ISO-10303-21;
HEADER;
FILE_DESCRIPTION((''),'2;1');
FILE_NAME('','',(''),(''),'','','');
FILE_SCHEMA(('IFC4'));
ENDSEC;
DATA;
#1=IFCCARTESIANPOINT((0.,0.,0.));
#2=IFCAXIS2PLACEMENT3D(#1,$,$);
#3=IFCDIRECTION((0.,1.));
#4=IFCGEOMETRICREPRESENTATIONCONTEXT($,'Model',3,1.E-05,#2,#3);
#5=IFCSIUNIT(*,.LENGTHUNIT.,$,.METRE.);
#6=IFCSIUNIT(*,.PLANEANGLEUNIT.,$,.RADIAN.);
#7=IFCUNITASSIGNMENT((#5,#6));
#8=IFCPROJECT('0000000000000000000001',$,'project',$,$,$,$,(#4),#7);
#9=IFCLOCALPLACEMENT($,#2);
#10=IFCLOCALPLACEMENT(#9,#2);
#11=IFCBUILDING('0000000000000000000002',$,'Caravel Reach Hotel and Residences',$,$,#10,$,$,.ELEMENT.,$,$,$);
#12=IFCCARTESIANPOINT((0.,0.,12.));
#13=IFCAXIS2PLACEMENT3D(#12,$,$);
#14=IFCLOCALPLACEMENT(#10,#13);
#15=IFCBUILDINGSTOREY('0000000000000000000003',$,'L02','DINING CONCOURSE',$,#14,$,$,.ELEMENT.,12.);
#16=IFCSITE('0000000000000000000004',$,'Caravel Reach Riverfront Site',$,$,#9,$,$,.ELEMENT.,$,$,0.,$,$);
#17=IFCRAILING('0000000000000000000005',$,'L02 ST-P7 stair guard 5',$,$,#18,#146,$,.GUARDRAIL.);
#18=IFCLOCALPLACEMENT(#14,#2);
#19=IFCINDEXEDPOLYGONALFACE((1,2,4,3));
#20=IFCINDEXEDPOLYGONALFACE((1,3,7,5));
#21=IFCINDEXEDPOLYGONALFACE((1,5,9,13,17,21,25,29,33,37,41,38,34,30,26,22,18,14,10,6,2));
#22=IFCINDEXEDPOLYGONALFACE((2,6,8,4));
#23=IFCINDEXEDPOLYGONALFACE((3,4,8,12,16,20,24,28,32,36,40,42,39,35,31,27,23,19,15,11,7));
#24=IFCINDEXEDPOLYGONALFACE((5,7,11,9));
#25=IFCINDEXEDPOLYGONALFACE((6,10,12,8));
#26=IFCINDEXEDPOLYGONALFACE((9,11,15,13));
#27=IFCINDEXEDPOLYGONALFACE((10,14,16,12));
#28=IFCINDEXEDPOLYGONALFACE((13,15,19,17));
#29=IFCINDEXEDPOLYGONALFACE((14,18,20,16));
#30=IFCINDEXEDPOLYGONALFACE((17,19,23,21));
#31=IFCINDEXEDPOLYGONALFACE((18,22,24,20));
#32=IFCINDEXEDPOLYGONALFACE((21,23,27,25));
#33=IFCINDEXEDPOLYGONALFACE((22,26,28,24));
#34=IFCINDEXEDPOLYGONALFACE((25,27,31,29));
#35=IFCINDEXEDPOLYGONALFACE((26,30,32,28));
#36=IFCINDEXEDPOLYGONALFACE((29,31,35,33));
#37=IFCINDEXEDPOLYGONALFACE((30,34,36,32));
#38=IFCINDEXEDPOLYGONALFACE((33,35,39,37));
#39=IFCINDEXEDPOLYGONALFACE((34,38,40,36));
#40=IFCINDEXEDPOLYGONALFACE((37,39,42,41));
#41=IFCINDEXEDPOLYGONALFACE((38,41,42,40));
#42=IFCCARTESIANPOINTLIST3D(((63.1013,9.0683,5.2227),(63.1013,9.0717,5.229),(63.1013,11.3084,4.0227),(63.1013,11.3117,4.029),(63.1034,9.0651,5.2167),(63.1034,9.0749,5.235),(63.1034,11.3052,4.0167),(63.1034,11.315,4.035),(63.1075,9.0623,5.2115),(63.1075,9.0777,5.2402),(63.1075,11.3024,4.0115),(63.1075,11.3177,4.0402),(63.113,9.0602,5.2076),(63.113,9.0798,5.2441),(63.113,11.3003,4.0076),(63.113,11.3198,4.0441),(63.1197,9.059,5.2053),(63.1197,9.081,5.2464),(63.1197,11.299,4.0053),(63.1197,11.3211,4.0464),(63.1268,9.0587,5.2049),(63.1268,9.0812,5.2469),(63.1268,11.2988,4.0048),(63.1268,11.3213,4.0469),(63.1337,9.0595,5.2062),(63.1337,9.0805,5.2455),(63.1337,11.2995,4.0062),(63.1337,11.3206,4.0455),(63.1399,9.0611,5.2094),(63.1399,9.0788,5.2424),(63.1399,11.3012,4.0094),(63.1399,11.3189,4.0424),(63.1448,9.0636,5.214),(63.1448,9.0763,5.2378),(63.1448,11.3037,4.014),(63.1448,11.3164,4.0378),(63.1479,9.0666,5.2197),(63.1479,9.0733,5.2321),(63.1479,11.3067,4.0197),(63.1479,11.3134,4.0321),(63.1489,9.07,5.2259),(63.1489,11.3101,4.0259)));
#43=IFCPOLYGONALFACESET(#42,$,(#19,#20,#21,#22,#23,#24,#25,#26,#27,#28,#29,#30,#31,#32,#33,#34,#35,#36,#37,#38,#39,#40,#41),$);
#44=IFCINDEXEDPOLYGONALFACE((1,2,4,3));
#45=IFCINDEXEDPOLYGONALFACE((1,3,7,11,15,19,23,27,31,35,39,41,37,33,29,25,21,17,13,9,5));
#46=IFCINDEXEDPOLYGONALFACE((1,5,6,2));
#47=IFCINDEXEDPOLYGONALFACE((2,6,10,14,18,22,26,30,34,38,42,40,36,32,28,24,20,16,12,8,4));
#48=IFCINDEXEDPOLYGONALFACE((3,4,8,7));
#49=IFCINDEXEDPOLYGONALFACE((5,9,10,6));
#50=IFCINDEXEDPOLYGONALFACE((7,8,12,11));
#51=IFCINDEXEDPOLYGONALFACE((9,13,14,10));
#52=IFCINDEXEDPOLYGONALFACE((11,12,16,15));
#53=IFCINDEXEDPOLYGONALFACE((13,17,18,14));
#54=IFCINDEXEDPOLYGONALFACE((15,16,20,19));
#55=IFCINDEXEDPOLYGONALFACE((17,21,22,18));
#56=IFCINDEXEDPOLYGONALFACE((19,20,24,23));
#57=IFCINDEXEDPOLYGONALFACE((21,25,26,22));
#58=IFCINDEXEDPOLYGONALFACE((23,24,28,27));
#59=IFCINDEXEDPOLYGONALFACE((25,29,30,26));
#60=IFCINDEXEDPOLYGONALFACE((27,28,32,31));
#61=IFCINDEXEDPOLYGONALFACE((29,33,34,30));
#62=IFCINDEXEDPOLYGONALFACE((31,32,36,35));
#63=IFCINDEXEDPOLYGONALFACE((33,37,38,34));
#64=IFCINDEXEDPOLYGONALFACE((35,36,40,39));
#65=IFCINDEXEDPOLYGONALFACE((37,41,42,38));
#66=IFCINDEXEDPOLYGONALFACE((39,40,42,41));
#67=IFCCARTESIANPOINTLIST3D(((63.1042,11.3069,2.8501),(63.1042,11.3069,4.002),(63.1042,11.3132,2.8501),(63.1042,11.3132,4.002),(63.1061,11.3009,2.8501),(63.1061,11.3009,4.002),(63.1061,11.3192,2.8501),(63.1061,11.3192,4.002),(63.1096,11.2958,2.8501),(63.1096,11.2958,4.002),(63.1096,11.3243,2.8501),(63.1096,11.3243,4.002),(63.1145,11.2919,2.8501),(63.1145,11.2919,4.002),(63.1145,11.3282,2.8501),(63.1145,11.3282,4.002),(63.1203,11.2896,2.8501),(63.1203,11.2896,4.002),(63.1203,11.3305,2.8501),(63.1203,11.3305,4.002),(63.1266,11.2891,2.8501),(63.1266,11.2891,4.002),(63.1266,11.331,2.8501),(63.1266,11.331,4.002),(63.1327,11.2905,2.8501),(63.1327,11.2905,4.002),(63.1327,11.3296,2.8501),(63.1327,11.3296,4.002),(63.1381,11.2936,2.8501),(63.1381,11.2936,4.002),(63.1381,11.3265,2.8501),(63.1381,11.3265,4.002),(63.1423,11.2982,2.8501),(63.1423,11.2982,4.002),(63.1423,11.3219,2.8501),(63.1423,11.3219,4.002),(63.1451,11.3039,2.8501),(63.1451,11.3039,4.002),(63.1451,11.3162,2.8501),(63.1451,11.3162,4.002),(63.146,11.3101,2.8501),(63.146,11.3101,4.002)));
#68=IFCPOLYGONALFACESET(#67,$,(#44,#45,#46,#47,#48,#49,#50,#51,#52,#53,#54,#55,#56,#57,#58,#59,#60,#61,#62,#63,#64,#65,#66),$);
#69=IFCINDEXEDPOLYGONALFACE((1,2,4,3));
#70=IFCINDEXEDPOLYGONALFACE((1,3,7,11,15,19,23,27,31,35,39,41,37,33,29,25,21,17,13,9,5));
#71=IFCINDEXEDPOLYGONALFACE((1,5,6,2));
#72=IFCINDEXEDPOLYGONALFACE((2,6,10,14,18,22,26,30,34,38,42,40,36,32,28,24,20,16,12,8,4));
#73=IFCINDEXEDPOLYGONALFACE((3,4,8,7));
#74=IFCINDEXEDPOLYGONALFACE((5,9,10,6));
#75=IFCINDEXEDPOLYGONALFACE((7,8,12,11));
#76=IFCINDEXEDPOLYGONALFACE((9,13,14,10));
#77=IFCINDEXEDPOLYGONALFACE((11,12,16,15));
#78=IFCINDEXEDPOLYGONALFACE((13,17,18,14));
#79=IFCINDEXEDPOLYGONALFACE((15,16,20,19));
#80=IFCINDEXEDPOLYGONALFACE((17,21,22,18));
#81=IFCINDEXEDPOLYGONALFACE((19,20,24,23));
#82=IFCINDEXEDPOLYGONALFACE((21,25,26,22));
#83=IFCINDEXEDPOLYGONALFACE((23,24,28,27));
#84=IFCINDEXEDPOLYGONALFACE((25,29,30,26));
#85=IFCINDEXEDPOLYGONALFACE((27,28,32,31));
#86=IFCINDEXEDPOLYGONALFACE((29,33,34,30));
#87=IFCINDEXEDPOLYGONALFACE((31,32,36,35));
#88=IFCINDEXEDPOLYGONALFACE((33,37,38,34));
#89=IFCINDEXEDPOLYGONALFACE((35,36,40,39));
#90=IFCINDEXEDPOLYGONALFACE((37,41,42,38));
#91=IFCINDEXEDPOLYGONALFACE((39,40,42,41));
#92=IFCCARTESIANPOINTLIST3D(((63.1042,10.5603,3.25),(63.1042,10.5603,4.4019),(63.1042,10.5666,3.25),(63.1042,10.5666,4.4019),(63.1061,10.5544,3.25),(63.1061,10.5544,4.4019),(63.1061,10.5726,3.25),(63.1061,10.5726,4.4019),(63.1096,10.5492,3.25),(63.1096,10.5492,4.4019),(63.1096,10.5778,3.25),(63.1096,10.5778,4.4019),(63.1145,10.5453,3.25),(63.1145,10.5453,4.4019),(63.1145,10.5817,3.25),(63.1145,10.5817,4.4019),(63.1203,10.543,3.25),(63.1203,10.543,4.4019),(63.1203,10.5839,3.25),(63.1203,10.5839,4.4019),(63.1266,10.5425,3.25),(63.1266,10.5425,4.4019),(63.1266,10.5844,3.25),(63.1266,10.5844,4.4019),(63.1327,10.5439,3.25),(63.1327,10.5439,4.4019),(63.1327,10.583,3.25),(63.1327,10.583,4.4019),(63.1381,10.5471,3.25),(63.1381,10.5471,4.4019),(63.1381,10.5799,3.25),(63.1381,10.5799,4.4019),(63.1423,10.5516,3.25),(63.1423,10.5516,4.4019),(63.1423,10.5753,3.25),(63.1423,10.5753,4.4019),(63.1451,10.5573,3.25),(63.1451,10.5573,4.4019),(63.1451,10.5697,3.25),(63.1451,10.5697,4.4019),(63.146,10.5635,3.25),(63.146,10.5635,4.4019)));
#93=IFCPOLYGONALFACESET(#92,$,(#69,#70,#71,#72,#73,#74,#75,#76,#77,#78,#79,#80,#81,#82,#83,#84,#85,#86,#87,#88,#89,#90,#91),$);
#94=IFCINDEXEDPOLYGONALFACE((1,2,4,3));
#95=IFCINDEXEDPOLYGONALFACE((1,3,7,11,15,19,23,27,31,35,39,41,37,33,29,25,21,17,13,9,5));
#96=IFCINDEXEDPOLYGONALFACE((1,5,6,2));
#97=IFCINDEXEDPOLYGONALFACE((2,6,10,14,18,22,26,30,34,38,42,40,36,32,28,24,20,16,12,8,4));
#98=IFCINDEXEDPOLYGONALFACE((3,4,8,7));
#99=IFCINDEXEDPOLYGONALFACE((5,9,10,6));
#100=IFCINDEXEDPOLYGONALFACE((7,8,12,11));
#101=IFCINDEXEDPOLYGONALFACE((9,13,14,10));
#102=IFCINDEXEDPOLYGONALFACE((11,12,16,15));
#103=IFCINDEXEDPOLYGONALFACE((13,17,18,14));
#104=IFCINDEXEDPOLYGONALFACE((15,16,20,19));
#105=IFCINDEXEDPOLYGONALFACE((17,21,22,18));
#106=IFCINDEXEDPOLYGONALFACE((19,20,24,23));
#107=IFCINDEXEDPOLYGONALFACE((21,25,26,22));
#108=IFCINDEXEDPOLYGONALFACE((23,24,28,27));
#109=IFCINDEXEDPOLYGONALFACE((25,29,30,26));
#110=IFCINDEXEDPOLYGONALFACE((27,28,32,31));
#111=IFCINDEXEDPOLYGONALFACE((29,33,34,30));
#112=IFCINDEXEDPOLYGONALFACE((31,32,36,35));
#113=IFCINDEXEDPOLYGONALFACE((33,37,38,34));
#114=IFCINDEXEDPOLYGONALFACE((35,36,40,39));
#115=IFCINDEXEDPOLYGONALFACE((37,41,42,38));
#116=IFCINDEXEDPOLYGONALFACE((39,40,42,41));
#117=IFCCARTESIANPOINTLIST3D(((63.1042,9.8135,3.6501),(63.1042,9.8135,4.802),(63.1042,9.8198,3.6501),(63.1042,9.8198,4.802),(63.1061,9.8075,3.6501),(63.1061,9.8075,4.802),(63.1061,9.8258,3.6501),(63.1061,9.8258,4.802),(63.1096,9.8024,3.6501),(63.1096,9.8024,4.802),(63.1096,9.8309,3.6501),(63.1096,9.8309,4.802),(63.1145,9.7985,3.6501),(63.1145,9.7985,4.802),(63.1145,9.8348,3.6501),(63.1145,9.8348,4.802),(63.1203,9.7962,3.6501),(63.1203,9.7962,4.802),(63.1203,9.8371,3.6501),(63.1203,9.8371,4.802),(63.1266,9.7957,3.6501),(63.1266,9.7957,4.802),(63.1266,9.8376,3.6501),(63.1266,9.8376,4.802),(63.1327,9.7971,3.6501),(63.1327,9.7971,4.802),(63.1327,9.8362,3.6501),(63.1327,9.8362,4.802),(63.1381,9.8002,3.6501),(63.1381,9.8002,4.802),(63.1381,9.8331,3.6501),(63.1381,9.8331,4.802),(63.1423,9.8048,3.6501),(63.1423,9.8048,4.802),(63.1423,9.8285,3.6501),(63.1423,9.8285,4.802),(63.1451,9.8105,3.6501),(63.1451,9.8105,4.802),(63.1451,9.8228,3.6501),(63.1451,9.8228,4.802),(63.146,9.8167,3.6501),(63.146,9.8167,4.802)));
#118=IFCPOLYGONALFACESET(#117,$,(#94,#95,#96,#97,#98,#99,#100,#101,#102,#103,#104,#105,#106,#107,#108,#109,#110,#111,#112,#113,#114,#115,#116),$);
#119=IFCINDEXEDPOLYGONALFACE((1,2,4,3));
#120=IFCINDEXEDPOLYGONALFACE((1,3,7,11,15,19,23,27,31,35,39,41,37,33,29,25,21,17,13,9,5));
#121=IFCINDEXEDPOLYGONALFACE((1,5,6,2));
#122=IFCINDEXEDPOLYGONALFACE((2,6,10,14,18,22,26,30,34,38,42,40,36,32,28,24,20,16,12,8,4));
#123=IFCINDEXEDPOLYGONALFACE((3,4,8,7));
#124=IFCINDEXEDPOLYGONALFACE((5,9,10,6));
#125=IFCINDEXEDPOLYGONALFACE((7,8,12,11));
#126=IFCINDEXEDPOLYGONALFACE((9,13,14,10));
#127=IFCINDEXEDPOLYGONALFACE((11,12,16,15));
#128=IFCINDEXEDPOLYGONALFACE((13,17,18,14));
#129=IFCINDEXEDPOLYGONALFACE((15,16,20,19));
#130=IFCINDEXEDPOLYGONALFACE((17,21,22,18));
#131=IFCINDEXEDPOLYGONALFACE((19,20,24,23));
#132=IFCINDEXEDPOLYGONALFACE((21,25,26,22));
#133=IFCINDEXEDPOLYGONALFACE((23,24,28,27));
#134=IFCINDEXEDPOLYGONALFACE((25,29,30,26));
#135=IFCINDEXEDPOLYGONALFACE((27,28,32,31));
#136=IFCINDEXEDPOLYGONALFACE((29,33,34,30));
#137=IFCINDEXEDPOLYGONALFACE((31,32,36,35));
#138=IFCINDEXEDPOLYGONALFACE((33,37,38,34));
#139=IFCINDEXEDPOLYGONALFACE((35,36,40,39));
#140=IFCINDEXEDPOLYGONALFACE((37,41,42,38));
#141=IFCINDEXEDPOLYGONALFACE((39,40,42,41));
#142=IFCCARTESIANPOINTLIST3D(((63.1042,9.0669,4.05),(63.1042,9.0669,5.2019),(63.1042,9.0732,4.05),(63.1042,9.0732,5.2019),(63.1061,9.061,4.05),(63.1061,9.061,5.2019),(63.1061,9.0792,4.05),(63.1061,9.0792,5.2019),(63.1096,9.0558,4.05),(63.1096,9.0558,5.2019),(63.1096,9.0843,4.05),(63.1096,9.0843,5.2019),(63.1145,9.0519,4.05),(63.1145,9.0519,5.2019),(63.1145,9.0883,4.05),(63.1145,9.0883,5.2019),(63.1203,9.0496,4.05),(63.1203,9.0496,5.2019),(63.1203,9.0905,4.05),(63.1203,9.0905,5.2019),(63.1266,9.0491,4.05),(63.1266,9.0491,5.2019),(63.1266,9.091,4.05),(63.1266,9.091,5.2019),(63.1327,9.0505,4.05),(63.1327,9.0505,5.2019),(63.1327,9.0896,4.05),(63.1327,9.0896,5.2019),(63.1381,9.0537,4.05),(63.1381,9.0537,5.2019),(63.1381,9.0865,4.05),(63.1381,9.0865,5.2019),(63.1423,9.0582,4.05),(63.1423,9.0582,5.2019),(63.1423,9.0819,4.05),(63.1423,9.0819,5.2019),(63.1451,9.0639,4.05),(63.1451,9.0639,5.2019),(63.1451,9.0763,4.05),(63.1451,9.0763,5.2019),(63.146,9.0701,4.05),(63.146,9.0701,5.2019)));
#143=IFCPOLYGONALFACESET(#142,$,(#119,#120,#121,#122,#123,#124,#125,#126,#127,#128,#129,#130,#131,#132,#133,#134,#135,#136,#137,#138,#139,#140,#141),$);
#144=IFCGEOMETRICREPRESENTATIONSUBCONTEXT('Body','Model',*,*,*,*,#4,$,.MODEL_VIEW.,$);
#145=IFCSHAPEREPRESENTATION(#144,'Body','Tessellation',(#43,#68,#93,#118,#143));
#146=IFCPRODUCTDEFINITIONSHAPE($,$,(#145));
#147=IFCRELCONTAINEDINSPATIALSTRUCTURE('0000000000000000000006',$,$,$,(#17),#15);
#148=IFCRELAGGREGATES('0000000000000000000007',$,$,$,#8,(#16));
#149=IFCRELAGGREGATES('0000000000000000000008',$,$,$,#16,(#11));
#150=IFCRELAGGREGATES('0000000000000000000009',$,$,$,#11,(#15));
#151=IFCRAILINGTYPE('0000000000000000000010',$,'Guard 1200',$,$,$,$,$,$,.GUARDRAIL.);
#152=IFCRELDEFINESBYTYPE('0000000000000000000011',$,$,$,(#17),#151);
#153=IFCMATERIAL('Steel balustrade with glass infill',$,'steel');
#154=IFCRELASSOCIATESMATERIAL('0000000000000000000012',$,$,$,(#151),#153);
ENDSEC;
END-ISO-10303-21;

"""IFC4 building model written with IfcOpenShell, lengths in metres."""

from ifc_helpers import new_model, si_unit, direction, frame, origin, origin_2d, place, context, subcontext, project, spatial, circle, extrude, material, type_object, element, save


model = new_model("IFC4")

# Units and contexts
model_context = context("Model", 3, precision=1e-05, world=origin(), true_north=direction((0.0, 1.0)))
body_context = subcontext(model_context, "Body", "Model", "MODEL_VIEW")
ifc_project = project(units=[si_unit("LENGTHUNIT", "METRE"), si_unit("PLANEANGLEUNIT", "RADIAN")], contexts=[model_context])

# Site, building, storey
site_placement = place(None, origin())
site = spatial("IfcSite", under=ifc_project, at=site_placement, Name="Caravel Reach Riverfront Site", CompositionType="ELEMENT", RefElevation=0.0)
building_placement = place(site_placement, origin())
building = spatial("IfcBuilding", under=site, at=building_placement, Name="Caravel Reach Hotel and Residences", CompositionType="ELEMENT")
storey_placement = place(building_placement, frame((0.0, 0.0, 12.0)))
storey = spatial("IfcBuildingStorey", under=building, at=storey_placement, Name="L02", Description="DINING CONCOURSE", CompositionType="ELEMENT", Elevation=12.0)

# Railing
ifc_material_1 = material(Name="Steel balustrade with glass infill", Category="steel")
railing_type_1 = type_object("IfcRailingType", Name="Guard 1200", PredefinedType="GUARDRAIL", material=ifc_material_1)
railing_1_placement = place(storey_placement, frame((63.125, 11.3101, 2.8501)))
element("IfcRailing", 1, at=railing_1_placement, inside=storey, type_object=railing_type_1, Name="L02 ST-P7 stair guard 5", PredefinedType="GUARDRAIL", context=body_context, shape_type="SweptSolid", body=[
    extrude(circle(Radius=0.0239, at=origin_2d()), frame((0.0, 0.0, 1.1758), z_axis=(0.0, -0.881487, 0.472208), x_axis=(1.0, 0.0, 0.0)), (0.0, 0.0, 1.0), 2.5413),
    extrude(circle(Radius=0.021, at=origin_2d()), origin(), (0.0, 0.0, 1.0), 1.1519),
    extrude(circle(Radius=0.021, at=origin_2d()), frame((0.0, -0.7466, 0.3999)), (0.0, 0.0, 1.0), 1.1519),
    extrude(circle(Radius=0.021, at=origin_2d()), frame((0.0, -1.4934, 0.8)), (0.0, 0.0, 1.0), 1.1519),
    extrude(circle(Radius=0.021, at=origin_2d()), frame((0.0, -2.24, 1.2)), (0.0, 0.0, 1.0), 1.1519),
])

save(model, "model.ifc")
